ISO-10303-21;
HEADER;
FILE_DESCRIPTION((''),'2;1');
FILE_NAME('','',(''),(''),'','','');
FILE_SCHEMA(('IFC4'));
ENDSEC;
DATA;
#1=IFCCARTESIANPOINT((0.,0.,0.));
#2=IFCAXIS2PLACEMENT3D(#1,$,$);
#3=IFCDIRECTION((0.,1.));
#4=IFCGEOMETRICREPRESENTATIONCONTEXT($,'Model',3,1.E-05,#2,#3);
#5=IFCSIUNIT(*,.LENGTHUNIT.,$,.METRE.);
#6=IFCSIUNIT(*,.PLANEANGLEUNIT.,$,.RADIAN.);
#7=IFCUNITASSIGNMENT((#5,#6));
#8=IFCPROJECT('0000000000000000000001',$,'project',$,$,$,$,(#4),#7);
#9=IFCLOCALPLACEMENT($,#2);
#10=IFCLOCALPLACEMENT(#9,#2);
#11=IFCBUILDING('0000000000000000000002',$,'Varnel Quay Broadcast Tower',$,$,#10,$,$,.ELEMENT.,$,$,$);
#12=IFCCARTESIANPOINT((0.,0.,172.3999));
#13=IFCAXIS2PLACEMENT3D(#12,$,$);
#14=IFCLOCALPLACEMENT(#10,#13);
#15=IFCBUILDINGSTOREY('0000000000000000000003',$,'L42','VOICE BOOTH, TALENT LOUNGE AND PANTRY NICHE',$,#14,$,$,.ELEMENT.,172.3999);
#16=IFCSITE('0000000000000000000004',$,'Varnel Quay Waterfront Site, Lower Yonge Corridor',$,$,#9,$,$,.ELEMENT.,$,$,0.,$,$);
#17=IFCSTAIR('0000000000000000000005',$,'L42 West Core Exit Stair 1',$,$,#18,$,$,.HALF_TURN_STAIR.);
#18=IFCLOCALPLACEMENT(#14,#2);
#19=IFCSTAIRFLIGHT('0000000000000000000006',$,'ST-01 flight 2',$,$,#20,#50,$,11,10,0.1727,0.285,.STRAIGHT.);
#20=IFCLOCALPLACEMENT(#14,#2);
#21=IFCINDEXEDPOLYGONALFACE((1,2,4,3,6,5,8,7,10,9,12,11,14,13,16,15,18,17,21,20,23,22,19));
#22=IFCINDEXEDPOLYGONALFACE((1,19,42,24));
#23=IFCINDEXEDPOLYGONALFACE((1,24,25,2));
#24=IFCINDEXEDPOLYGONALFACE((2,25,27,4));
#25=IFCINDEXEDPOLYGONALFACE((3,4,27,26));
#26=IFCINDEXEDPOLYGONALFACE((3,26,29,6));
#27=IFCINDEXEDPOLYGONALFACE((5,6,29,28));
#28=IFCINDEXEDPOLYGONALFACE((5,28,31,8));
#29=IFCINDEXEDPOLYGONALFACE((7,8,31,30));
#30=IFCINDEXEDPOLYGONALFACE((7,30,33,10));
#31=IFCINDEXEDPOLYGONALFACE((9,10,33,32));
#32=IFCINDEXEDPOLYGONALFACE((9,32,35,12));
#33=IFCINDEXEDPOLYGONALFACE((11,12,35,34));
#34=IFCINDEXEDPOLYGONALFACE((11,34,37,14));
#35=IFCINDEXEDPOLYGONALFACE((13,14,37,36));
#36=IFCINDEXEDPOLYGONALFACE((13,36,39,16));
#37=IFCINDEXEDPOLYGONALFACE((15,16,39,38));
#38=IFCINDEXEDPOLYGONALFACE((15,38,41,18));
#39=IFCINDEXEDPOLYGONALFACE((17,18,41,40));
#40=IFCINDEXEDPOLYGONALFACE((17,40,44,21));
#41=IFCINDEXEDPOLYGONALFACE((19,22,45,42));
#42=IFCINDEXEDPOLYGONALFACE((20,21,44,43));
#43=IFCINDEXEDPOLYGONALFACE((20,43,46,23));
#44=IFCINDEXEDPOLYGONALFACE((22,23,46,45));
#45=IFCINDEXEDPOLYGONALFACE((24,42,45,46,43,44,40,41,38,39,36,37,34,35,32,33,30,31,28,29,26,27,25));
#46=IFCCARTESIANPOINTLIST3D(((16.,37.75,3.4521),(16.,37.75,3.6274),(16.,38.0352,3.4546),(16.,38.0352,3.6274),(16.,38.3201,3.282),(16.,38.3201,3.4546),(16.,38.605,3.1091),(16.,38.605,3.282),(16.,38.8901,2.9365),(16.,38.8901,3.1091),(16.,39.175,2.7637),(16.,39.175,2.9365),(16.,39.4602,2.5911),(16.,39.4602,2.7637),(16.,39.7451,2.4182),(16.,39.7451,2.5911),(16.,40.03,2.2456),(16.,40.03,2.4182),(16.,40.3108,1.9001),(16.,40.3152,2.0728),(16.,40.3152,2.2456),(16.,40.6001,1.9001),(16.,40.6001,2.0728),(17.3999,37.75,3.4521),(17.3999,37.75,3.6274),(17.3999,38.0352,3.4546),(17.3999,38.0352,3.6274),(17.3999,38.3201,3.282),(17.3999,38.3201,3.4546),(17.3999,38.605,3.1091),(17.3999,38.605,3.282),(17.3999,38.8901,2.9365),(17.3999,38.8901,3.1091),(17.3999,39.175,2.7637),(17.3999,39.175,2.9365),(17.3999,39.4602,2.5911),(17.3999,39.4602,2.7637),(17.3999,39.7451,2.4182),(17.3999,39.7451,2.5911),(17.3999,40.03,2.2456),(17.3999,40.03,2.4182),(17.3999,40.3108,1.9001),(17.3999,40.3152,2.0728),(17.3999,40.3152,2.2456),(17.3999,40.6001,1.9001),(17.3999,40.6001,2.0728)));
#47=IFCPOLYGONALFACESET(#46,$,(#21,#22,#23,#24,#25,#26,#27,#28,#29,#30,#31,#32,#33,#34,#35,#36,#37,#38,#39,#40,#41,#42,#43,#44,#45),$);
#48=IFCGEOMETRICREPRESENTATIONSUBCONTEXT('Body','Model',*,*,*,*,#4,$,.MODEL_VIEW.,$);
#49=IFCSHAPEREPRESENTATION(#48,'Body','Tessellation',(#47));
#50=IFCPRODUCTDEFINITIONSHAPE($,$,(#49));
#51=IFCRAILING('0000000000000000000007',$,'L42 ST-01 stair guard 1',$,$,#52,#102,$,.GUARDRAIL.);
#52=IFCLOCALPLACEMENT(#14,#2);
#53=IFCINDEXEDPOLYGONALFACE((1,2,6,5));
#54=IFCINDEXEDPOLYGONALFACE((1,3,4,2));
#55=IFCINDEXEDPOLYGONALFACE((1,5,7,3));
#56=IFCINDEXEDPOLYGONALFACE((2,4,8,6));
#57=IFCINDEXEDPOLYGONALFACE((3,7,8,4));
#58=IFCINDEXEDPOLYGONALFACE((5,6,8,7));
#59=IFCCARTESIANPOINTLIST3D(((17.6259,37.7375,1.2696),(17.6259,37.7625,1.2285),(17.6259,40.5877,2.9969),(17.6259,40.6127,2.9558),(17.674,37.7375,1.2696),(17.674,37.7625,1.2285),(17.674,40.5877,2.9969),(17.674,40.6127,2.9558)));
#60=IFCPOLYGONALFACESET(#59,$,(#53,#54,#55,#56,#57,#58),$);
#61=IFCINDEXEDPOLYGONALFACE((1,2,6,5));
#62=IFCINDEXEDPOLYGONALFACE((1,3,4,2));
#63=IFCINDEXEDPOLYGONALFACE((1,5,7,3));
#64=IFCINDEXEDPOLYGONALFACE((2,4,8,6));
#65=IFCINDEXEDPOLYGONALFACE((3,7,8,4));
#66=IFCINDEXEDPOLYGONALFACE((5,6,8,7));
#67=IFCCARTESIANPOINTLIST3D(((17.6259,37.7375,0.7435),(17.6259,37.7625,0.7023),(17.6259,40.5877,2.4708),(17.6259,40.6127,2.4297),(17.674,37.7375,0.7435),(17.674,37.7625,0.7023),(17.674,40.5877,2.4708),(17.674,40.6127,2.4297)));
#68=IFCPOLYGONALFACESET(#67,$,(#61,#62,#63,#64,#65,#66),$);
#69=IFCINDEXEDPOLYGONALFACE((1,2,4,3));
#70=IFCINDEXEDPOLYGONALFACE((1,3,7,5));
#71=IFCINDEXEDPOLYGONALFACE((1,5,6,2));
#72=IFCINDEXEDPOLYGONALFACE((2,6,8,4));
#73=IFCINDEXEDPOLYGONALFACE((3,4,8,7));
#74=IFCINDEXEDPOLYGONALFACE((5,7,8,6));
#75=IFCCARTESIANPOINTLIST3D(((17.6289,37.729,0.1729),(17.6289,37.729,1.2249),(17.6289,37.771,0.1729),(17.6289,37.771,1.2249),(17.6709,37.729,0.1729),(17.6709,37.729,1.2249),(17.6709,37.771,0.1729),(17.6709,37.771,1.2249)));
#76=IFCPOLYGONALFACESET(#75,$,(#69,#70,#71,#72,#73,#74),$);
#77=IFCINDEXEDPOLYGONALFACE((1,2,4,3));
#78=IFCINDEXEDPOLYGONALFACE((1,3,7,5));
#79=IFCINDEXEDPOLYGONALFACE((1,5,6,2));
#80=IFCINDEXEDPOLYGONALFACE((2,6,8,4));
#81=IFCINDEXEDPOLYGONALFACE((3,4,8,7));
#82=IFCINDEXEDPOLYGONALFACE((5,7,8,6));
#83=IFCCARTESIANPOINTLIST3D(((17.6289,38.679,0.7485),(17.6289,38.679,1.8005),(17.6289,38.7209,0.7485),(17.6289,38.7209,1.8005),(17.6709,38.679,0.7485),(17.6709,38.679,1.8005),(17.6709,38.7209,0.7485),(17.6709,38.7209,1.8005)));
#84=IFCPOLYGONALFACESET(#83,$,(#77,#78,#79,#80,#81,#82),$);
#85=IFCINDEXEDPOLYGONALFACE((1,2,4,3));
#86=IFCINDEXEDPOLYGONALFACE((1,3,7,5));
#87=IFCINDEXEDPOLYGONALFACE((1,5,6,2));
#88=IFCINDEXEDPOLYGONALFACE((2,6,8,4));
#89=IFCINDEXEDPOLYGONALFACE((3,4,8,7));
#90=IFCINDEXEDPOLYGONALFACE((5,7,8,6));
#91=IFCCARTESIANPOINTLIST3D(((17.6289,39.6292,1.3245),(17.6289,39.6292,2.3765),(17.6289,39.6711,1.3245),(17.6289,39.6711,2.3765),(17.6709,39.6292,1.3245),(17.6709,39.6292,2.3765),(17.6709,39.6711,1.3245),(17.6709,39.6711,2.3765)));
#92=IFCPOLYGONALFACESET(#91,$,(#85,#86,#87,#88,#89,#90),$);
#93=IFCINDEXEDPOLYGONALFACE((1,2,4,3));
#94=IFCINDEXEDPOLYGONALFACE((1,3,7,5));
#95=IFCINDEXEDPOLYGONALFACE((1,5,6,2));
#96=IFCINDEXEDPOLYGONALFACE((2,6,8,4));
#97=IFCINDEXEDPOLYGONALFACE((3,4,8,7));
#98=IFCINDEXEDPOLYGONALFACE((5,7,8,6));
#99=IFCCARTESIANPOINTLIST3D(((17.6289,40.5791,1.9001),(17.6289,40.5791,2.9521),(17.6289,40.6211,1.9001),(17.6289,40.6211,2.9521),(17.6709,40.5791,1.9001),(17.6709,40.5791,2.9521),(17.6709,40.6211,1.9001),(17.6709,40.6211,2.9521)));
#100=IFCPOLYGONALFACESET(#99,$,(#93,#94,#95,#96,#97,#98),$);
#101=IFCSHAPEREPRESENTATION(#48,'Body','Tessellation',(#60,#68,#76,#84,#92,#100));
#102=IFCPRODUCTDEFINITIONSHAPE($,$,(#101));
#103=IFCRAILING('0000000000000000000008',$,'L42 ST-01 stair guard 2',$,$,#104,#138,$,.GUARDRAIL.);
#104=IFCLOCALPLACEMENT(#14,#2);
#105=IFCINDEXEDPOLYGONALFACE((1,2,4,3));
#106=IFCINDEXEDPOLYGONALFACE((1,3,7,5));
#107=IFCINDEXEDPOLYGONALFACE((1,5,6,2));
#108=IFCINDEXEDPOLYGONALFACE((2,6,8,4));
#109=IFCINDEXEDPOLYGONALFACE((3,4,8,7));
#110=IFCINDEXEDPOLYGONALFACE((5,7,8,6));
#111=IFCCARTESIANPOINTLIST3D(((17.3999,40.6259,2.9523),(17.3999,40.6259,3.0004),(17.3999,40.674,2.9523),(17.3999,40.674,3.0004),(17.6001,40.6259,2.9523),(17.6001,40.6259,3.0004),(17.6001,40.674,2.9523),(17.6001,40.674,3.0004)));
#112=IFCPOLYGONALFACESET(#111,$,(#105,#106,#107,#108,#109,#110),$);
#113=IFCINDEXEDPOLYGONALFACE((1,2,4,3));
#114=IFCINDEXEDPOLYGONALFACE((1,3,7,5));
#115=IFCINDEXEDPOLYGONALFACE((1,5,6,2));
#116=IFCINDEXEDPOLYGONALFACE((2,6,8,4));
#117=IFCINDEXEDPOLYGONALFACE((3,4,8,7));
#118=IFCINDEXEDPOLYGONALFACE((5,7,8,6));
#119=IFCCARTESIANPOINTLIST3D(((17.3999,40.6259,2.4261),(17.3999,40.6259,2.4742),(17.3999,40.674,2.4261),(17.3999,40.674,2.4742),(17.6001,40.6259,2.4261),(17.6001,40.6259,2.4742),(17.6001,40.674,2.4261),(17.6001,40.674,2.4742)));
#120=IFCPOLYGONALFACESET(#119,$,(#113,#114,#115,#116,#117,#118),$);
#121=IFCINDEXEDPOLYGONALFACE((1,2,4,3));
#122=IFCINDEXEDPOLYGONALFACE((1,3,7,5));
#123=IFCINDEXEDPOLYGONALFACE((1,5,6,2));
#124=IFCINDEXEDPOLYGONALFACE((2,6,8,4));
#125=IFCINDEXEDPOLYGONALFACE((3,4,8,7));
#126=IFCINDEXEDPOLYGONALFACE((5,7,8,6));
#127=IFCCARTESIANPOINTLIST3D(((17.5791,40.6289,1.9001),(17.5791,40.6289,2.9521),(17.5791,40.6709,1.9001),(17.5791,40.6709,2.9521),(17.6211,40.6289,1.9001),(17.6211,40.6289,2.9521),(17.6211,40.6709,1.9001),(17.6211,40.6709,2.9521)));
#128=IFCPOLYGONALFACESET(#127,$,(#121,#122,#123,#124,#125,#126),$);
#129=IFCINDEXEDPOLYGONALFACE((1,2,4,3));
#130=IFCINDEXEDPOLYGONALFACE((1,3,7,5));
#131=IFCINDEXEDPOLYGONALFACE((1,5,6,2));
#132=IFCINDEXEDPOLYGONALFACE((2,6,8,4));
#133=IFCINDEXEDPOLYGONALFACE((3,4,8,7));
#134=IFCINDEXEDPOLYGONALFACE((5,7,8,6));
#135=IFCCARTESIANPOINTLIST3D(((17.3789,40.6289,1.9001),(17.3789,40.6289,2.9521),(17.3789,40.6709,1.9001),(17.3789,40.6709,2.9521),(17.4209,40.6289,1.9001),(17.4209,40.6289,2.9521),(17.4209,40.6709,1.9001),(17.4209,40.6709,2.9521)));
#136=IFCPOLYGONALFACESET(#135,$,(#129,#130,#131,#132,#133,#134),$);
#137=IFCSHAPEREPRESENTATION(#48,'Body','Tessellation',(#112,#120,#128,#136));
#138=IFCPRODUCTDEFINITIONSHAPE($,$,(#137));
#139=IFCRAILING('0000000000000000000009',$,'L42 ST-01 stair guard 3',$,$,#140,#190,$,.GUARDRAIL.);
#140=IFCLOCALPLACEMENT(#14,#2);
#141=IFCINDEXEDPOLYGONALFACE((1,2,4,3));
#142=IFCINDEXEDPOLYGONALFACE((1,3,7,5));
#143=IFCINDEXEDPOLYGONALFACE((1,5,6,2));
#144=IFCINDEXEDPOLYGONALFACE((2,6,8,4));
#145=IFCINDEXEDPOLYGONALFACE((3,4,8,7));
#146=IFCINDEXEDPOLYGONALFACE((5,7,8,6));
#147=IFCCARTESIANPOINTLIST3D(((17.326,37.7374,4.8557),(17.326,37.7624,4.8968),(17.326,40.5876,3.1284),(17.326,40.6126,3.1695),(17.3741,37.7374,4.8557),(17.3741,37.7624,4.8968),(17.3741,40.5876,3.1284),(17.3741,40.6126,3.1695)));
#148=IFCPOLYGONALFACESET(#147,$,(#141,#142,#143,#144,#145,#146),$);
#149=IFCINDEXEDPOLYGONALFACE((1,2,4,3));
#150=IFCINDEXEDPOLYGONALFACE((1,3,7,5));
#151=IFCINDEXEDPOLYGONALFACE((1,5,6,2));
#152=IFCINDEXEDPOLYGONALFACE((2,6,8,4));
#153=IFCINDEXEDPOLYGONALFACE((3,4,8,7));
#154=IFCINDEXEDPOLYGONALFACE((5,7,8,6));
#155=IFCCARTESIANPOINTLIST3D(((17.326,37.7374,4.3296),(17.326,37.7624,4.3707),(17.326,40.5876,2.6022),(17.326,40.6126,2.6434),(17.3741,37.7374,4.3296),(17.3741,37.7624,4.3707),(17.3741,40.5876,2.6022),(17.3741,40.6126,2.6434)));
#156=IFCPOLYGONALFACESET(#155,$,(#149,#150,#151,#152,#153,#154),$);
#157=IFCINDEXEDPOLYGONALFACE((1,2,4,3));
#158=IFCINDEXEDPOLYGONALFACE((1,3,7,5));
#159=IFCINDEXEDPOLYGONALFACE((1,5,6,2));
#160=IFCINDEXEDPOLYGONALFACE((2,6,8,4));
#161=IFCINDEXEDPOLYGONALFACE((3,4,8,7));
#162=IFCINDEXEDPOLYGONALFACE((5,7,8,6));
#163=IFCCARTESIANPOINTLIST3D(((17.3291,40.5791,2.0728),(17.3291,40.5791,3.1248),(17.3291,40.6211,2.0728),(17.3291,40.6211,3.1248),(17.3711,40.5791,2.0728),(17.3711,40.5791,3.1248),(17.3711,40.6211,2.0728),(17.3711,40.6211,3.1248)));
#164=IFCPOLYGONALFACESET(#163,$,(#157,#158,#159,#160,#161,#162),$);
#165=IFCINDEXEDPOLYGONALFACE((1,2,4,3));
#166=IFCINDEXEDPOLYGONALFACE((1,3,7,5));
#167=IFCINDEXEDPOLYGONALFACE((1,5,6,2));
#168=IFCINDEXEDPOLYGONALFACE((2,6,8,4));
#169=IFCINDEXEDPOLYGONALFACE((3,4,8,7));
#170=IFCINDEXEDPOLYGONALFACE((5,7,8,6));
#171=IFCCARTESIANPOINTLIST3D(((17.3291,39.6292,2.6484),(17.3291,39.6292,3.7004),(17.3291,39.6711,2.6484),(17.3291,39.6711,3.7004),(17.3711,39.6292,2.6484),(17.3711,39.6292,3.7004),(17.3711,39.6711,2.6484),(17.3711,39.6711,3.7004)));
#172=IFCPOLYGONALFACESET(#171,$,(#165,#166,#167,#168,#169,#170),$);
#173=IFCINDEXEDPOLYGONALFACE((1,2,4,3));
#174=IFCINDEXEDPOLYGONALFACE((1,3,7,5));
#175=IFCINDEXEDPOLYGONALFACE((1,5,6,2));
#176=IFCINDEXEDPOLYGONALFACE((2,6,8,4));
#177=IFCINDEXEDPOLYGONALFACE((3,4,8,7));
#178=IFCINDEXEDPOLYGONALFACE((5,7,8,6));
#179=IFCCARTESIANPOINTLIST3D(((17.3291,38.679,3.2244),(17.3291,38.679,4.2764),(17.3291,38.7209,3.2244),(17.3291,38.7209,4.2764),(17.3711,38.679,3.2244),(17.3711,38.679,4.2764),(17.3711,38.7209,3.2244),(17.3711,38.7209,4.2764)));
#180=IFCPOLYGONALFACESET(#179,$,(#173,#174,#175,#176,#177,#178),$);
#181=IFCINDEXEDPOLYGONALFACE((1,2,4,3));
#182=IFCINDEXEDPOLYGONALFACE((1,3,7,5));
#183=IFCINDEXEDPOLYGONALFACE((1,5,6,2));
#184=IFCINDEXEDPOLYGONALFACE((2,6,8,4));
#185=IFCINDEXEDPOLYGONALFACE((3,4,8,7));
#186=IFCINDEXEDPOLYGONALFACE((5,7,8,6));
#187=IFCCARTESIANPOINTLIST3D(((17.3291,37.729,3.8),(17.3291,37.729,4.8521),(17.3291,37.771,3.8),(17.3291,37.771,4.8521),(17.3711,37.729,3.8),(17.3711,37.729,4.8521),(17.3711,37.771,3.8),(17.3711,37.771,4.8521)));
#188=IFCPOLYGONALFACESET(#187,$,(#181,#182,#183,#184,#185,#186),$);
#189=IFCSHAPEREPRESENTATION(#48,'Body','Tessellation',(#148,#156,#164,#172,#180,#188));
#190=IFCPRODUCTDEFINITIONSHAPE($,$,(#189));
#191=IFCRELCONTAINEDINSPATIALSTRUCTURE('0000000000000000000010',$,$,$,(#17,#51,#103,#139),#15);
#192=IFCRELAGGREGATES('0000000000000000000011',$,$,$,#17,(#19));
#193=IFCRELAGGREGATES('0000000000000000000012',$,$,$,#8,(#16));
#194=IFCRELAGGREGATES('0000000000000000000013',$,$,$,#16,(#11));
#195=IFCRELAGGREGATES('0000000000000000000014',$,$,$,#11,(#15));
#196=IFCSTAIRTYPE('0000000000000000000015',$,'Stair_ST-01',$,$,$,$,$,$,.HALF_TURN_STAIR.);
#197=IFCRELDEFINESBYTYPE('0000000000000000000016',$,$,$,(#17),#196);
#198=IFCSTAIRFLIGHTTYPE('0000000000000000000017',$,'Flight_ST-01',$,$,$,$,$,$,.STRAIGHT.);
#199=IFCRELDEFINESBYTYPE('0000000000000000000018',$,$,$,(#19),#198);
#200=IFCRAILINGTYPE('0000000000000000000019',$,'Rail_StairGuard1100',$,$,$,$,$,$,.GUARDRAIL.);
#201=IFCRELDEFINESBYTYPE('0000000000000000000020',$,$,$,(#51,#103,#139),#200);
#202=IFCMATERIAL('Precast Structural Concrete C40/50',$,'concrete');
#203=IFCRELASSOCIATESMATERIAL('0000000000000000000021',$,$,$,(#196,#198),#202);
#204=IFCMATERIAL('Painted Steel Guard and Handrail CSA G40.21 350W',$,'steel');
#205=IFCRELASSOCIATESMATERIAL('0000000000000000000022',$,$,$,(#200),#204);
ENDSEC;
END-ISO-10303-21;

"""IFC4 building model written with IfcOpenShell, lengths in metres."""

from ifc_helpers import new_model, si_unit, direction, frame, origin, origin_2d, place, context, subcontext, project, spatial, polyline, rectangle, outline, extrude, material, type_object, element, aggregate, save


model = new_model("IFC4")

# Units and contexts
model_context = context("Model", 3, precision=1e-05, world=origin(), true_north=direction((0.0, 1.0)))
body_context = subcontext(model_context, "Body", "Model", "MODEL_VIEW")
ifc_project = project(units=[si_unit("LENGTHUNIT", "METRE"), si_unit("PLANEANGLEUNIT", "RADIAN")], contexts=[model_context])

# Site, building, storey
site_placement = place(None, origin())
site = spatial("IfcSite", under=ifc_project, at=site_placement, Name="Varnel Quay Waterfront Site, Lower Yonge Corridor", CompositionType="ELEMENT", RefElevation=0.0)
building_placement = place(site_placement, origin())
building = spatial("IfcBuilding", under=site, at=building_placement, Name="Varnel Quay Broadcast Tower", CompositionType="ELEMENT")
storey_placement = place(building_placement, frame((0.0, 0.0, 172.3999)))
storey = spatial("IfcBuildingStorey", under=building, at=storey_placement, Name="L42", Description="VOICE BOOTH, TALENT LOUNGE AND PANTRY NICHE", CompositionType="ELEMENT", Elevation=172.3999)

# Stair, stair flight
ifc_material_1 = material(Name="Precast Structural Concrete C40/50", Category="concrete")
stair_type = type_object("IfcStairType", Name="Stair_ST-01", PredefinedType="HALF_TURN_STAIR", material=ifc_material_1)
stair_placement = place(storey_placement, origin())
stair = element("IfcStair", 1, at=stair_placement, inside=storey, type_object=stair_type, Name="L42 West Core Exit Stair 1", PredefinedType="HALF_TURN_STAIR")
stair_flight_type = type_object("IfcStairFlightType", Name="Flight_ST-01", PredefinedType="STRAIGHT", material=ifc_material_1)
stair_flight_1_placement = place(storey_placement, frame((16.7, 40.6001, 1.9001), z_axis=(0.0, 0.0, 1.0), x_axis=(0.0, -1.0, 0.0)))
stair_flight_1 = element("IfcStairFlight", 2, at=stair_flight_1_placement, type_object=stair_flight_type, Name="ST-01 flight 2", NumberOfRisers=11, NumberOfTreads=10, PredefinedType="STRAIGHT", RiserHeight=0.1727, TreadLength=0.285, context=body_context, shape_type="SweptSolid", body=[
    extrude(outline(polyline([(0.0, 0.0), (0.0, 0.1726), (0.2849, 0.1726), (0.2849, 0.3455), (0.5701, 0.3455), (0.5701, 0.5181), (0.855, 0.5181), (0.855, 0.6909), (1.1399, 0.6909), (1.1399, 0.8635), (1.425, 0.8635), (1.425, 1.0364), (1.71, 1.0364), (1.71, 1.209), (1.9951, 1.209), (1.9951, 1.3818), (2.28, 1.3818), (2.28, 1.5544), (2.5649, 1.5544), (2.5649, 1.7273), (2.8501, 1.7273), (2.8501, 1.8999), (2.8501, 1.552), (0.2893, 0.0), (0.0, 0.0)])), frame((0.0, 0.7, 0.0), z_axis=(0.0, -1.0, 0.0), x_axis=(1.0, 0.0, 0.0)), (0.0, 0.0, 1.0), 1.3999),
])
aggregate(stair, [stair_flight_1])

# Railings
ifc_material_2 = material(Name="Painted Steel Guard and Handrail CSA G40.21 350W", Category="steel")
railing_type_1 = type_object("IfcRailingType", Name="Rail_StairGuard1100", PredefinedType="GUARDRAIL", material=ifc_material_2)
railing_1_placement = place(storey_placement, frame((17.6499, 37.75, 0.1729)))
element("IfcRailing", 3, at=railing_1_placement, inside=storey, type_object=railing_type_1, Name="L42 ST-01 stair guard 1", PredefinedType="GUARDRAIL", context=body_context, shape_type="SweptSolid", body=[
    extrude(rectangle(XDim=0.0481, YDim=0.0481, at=origin_2d()), frame((0.0, 0.0, 1.0762), z_axis=(0.0, 0.855203, 0.518294), x_axis=(-1.0, 0.0, 0.0)), (0.0, 0.0, 1.0), 3.3328),
    extrude(rectangle(XDim=0.0481, YDim=0.0481, at=origin_2d()), frame((0.0, 0.0, 0.55), z_axis=(0.0, 0.855203, 0.518294), x_axis=(-1.0, 0.0, 0.0)), (0.0, 0.0, 1.0), 3.3328),
    extrude(rectangle(XDim=0.042, YDim=0.042, at=origin_2d()), origin(), (0.0, 0.0, 1.0), 1.052),
    extrude(rectangle(XDim=0.042, YDim=0.042, at=origin_2d()), frame((0.0, 0.95, 0.5757)), (0.0, 0.0, 1.0), 1.052),
    extrude(rectangle(XDim=0.042, YDim=0.042, at=origin_2d()), frame((0.0, 1.9001, 1.1516)), (0.0, 0.0, 1.0), 1.052),
    extrude(rectangle(XDim=0.042, YDim=0.042, at=origin_2d()), frame((0.0, 2.8501, 1.7273)), (0.0, 0.0, 1.0), 1.052),
])
railing_2_placement = place(storey_placement, frame((17.6001, 40.6499, 1.9001)))
element("IfcRailing", 4, at=railing_2_placement, inside=storey, type_object=railing_type_1, Name="L42 ST-01 stair guard 2", PredefinedType="GUARDRAIL", context=body_context, shape_type="SweptSolid", body=[
    extrude(rectangle(XDim=0.0481, YDim=0.0481, at=origin_2d()), frame((0.0, 0.0, 1.0762), z_axis=(-1.0, 0.0, 0.0), x_axis=(0.0, -1.0, 0.0)), (0.0, 0.0, 1.0), 0.2002),
    extrude(rectangle(XDim=0.0481, YDim=0.0481, at=origin_2d()), frame((0.0, 0.0, 0.55), z_axis=(-1.0, 0.0, 0.0), x_axis=(0.0, -1.0, 0.0)), (0.0, 0.0, 1.0), 0.2002),
    extrude(rectangle(XDim=0.042, YDim=0.042, at=origin_2d()), origin(), (0.0, 0.0, 1.0), 1.052),
    extrude(rectangle(XDim=0.042, YDim=0.042, at=origin_2d()), frame((-0.2002, 0.0, 0.0)), (0.0, 0.0, 1.0), 1.052),
])
railing_3_placement = place(storey_placement, frame((17.3501, 40.6001, 2.0728)))
element("IfcRailing", 5, at=railing_3_placement, inside=storey, type_object=railing_type_1, Name="L42 ST-01 stair guard 3", PredefinedType="GUARDRAIL", context=body_context, shape_type="SweptSolid", body=[
    extrude(rectangle(XDim=0.0481, YDim=0.0481, at=origin_2d()), frame((0.0, 0.0, 1.0762), z_axis=(0.0, -0.855203, 0.518294), x_axis=(1.0, 0.0, 0.0)), (0.0, 0.0, 1.0), 3.3328),
    extrude(rectangle(XDim=0.0481, YDim=0.0481, at=origin_2d()), frame((0.0, 0.0, 0.55), z_axis=(0.0, -0.855203, 0.518294), x_axis=(1.0, 0.0, 0.0)), (0.0, 0.0, 1.0), 3.3328),
    extrude(rectangle(XDim=0.042, YDim=0.042, at=origin_2d()), origin(), (0.0, 0.0, 1.0), 1.052),
    extrude(rectangle(XDim=0.042, YDim=0.042, at=origin_2d()), frame((0.0, -0.95, 0.5757)), (0.0, 0.0, 1.0), 1.052),
    extrude(rectangle(XDim=0.042, YDim=0.042, at=origin_2d()), frame((0.0, -1.9001, 1.1516)), (0.0, 0.0, 1.0), 1.052),
    extrude(rectangle(XDim=0.042, YDim=0.042, at=origin_2d()), frame((0.0, -2.8501, 1.7273)), (0.0, 0.0, 1.0), 1.052),
])

save(model, "model.ifc")
